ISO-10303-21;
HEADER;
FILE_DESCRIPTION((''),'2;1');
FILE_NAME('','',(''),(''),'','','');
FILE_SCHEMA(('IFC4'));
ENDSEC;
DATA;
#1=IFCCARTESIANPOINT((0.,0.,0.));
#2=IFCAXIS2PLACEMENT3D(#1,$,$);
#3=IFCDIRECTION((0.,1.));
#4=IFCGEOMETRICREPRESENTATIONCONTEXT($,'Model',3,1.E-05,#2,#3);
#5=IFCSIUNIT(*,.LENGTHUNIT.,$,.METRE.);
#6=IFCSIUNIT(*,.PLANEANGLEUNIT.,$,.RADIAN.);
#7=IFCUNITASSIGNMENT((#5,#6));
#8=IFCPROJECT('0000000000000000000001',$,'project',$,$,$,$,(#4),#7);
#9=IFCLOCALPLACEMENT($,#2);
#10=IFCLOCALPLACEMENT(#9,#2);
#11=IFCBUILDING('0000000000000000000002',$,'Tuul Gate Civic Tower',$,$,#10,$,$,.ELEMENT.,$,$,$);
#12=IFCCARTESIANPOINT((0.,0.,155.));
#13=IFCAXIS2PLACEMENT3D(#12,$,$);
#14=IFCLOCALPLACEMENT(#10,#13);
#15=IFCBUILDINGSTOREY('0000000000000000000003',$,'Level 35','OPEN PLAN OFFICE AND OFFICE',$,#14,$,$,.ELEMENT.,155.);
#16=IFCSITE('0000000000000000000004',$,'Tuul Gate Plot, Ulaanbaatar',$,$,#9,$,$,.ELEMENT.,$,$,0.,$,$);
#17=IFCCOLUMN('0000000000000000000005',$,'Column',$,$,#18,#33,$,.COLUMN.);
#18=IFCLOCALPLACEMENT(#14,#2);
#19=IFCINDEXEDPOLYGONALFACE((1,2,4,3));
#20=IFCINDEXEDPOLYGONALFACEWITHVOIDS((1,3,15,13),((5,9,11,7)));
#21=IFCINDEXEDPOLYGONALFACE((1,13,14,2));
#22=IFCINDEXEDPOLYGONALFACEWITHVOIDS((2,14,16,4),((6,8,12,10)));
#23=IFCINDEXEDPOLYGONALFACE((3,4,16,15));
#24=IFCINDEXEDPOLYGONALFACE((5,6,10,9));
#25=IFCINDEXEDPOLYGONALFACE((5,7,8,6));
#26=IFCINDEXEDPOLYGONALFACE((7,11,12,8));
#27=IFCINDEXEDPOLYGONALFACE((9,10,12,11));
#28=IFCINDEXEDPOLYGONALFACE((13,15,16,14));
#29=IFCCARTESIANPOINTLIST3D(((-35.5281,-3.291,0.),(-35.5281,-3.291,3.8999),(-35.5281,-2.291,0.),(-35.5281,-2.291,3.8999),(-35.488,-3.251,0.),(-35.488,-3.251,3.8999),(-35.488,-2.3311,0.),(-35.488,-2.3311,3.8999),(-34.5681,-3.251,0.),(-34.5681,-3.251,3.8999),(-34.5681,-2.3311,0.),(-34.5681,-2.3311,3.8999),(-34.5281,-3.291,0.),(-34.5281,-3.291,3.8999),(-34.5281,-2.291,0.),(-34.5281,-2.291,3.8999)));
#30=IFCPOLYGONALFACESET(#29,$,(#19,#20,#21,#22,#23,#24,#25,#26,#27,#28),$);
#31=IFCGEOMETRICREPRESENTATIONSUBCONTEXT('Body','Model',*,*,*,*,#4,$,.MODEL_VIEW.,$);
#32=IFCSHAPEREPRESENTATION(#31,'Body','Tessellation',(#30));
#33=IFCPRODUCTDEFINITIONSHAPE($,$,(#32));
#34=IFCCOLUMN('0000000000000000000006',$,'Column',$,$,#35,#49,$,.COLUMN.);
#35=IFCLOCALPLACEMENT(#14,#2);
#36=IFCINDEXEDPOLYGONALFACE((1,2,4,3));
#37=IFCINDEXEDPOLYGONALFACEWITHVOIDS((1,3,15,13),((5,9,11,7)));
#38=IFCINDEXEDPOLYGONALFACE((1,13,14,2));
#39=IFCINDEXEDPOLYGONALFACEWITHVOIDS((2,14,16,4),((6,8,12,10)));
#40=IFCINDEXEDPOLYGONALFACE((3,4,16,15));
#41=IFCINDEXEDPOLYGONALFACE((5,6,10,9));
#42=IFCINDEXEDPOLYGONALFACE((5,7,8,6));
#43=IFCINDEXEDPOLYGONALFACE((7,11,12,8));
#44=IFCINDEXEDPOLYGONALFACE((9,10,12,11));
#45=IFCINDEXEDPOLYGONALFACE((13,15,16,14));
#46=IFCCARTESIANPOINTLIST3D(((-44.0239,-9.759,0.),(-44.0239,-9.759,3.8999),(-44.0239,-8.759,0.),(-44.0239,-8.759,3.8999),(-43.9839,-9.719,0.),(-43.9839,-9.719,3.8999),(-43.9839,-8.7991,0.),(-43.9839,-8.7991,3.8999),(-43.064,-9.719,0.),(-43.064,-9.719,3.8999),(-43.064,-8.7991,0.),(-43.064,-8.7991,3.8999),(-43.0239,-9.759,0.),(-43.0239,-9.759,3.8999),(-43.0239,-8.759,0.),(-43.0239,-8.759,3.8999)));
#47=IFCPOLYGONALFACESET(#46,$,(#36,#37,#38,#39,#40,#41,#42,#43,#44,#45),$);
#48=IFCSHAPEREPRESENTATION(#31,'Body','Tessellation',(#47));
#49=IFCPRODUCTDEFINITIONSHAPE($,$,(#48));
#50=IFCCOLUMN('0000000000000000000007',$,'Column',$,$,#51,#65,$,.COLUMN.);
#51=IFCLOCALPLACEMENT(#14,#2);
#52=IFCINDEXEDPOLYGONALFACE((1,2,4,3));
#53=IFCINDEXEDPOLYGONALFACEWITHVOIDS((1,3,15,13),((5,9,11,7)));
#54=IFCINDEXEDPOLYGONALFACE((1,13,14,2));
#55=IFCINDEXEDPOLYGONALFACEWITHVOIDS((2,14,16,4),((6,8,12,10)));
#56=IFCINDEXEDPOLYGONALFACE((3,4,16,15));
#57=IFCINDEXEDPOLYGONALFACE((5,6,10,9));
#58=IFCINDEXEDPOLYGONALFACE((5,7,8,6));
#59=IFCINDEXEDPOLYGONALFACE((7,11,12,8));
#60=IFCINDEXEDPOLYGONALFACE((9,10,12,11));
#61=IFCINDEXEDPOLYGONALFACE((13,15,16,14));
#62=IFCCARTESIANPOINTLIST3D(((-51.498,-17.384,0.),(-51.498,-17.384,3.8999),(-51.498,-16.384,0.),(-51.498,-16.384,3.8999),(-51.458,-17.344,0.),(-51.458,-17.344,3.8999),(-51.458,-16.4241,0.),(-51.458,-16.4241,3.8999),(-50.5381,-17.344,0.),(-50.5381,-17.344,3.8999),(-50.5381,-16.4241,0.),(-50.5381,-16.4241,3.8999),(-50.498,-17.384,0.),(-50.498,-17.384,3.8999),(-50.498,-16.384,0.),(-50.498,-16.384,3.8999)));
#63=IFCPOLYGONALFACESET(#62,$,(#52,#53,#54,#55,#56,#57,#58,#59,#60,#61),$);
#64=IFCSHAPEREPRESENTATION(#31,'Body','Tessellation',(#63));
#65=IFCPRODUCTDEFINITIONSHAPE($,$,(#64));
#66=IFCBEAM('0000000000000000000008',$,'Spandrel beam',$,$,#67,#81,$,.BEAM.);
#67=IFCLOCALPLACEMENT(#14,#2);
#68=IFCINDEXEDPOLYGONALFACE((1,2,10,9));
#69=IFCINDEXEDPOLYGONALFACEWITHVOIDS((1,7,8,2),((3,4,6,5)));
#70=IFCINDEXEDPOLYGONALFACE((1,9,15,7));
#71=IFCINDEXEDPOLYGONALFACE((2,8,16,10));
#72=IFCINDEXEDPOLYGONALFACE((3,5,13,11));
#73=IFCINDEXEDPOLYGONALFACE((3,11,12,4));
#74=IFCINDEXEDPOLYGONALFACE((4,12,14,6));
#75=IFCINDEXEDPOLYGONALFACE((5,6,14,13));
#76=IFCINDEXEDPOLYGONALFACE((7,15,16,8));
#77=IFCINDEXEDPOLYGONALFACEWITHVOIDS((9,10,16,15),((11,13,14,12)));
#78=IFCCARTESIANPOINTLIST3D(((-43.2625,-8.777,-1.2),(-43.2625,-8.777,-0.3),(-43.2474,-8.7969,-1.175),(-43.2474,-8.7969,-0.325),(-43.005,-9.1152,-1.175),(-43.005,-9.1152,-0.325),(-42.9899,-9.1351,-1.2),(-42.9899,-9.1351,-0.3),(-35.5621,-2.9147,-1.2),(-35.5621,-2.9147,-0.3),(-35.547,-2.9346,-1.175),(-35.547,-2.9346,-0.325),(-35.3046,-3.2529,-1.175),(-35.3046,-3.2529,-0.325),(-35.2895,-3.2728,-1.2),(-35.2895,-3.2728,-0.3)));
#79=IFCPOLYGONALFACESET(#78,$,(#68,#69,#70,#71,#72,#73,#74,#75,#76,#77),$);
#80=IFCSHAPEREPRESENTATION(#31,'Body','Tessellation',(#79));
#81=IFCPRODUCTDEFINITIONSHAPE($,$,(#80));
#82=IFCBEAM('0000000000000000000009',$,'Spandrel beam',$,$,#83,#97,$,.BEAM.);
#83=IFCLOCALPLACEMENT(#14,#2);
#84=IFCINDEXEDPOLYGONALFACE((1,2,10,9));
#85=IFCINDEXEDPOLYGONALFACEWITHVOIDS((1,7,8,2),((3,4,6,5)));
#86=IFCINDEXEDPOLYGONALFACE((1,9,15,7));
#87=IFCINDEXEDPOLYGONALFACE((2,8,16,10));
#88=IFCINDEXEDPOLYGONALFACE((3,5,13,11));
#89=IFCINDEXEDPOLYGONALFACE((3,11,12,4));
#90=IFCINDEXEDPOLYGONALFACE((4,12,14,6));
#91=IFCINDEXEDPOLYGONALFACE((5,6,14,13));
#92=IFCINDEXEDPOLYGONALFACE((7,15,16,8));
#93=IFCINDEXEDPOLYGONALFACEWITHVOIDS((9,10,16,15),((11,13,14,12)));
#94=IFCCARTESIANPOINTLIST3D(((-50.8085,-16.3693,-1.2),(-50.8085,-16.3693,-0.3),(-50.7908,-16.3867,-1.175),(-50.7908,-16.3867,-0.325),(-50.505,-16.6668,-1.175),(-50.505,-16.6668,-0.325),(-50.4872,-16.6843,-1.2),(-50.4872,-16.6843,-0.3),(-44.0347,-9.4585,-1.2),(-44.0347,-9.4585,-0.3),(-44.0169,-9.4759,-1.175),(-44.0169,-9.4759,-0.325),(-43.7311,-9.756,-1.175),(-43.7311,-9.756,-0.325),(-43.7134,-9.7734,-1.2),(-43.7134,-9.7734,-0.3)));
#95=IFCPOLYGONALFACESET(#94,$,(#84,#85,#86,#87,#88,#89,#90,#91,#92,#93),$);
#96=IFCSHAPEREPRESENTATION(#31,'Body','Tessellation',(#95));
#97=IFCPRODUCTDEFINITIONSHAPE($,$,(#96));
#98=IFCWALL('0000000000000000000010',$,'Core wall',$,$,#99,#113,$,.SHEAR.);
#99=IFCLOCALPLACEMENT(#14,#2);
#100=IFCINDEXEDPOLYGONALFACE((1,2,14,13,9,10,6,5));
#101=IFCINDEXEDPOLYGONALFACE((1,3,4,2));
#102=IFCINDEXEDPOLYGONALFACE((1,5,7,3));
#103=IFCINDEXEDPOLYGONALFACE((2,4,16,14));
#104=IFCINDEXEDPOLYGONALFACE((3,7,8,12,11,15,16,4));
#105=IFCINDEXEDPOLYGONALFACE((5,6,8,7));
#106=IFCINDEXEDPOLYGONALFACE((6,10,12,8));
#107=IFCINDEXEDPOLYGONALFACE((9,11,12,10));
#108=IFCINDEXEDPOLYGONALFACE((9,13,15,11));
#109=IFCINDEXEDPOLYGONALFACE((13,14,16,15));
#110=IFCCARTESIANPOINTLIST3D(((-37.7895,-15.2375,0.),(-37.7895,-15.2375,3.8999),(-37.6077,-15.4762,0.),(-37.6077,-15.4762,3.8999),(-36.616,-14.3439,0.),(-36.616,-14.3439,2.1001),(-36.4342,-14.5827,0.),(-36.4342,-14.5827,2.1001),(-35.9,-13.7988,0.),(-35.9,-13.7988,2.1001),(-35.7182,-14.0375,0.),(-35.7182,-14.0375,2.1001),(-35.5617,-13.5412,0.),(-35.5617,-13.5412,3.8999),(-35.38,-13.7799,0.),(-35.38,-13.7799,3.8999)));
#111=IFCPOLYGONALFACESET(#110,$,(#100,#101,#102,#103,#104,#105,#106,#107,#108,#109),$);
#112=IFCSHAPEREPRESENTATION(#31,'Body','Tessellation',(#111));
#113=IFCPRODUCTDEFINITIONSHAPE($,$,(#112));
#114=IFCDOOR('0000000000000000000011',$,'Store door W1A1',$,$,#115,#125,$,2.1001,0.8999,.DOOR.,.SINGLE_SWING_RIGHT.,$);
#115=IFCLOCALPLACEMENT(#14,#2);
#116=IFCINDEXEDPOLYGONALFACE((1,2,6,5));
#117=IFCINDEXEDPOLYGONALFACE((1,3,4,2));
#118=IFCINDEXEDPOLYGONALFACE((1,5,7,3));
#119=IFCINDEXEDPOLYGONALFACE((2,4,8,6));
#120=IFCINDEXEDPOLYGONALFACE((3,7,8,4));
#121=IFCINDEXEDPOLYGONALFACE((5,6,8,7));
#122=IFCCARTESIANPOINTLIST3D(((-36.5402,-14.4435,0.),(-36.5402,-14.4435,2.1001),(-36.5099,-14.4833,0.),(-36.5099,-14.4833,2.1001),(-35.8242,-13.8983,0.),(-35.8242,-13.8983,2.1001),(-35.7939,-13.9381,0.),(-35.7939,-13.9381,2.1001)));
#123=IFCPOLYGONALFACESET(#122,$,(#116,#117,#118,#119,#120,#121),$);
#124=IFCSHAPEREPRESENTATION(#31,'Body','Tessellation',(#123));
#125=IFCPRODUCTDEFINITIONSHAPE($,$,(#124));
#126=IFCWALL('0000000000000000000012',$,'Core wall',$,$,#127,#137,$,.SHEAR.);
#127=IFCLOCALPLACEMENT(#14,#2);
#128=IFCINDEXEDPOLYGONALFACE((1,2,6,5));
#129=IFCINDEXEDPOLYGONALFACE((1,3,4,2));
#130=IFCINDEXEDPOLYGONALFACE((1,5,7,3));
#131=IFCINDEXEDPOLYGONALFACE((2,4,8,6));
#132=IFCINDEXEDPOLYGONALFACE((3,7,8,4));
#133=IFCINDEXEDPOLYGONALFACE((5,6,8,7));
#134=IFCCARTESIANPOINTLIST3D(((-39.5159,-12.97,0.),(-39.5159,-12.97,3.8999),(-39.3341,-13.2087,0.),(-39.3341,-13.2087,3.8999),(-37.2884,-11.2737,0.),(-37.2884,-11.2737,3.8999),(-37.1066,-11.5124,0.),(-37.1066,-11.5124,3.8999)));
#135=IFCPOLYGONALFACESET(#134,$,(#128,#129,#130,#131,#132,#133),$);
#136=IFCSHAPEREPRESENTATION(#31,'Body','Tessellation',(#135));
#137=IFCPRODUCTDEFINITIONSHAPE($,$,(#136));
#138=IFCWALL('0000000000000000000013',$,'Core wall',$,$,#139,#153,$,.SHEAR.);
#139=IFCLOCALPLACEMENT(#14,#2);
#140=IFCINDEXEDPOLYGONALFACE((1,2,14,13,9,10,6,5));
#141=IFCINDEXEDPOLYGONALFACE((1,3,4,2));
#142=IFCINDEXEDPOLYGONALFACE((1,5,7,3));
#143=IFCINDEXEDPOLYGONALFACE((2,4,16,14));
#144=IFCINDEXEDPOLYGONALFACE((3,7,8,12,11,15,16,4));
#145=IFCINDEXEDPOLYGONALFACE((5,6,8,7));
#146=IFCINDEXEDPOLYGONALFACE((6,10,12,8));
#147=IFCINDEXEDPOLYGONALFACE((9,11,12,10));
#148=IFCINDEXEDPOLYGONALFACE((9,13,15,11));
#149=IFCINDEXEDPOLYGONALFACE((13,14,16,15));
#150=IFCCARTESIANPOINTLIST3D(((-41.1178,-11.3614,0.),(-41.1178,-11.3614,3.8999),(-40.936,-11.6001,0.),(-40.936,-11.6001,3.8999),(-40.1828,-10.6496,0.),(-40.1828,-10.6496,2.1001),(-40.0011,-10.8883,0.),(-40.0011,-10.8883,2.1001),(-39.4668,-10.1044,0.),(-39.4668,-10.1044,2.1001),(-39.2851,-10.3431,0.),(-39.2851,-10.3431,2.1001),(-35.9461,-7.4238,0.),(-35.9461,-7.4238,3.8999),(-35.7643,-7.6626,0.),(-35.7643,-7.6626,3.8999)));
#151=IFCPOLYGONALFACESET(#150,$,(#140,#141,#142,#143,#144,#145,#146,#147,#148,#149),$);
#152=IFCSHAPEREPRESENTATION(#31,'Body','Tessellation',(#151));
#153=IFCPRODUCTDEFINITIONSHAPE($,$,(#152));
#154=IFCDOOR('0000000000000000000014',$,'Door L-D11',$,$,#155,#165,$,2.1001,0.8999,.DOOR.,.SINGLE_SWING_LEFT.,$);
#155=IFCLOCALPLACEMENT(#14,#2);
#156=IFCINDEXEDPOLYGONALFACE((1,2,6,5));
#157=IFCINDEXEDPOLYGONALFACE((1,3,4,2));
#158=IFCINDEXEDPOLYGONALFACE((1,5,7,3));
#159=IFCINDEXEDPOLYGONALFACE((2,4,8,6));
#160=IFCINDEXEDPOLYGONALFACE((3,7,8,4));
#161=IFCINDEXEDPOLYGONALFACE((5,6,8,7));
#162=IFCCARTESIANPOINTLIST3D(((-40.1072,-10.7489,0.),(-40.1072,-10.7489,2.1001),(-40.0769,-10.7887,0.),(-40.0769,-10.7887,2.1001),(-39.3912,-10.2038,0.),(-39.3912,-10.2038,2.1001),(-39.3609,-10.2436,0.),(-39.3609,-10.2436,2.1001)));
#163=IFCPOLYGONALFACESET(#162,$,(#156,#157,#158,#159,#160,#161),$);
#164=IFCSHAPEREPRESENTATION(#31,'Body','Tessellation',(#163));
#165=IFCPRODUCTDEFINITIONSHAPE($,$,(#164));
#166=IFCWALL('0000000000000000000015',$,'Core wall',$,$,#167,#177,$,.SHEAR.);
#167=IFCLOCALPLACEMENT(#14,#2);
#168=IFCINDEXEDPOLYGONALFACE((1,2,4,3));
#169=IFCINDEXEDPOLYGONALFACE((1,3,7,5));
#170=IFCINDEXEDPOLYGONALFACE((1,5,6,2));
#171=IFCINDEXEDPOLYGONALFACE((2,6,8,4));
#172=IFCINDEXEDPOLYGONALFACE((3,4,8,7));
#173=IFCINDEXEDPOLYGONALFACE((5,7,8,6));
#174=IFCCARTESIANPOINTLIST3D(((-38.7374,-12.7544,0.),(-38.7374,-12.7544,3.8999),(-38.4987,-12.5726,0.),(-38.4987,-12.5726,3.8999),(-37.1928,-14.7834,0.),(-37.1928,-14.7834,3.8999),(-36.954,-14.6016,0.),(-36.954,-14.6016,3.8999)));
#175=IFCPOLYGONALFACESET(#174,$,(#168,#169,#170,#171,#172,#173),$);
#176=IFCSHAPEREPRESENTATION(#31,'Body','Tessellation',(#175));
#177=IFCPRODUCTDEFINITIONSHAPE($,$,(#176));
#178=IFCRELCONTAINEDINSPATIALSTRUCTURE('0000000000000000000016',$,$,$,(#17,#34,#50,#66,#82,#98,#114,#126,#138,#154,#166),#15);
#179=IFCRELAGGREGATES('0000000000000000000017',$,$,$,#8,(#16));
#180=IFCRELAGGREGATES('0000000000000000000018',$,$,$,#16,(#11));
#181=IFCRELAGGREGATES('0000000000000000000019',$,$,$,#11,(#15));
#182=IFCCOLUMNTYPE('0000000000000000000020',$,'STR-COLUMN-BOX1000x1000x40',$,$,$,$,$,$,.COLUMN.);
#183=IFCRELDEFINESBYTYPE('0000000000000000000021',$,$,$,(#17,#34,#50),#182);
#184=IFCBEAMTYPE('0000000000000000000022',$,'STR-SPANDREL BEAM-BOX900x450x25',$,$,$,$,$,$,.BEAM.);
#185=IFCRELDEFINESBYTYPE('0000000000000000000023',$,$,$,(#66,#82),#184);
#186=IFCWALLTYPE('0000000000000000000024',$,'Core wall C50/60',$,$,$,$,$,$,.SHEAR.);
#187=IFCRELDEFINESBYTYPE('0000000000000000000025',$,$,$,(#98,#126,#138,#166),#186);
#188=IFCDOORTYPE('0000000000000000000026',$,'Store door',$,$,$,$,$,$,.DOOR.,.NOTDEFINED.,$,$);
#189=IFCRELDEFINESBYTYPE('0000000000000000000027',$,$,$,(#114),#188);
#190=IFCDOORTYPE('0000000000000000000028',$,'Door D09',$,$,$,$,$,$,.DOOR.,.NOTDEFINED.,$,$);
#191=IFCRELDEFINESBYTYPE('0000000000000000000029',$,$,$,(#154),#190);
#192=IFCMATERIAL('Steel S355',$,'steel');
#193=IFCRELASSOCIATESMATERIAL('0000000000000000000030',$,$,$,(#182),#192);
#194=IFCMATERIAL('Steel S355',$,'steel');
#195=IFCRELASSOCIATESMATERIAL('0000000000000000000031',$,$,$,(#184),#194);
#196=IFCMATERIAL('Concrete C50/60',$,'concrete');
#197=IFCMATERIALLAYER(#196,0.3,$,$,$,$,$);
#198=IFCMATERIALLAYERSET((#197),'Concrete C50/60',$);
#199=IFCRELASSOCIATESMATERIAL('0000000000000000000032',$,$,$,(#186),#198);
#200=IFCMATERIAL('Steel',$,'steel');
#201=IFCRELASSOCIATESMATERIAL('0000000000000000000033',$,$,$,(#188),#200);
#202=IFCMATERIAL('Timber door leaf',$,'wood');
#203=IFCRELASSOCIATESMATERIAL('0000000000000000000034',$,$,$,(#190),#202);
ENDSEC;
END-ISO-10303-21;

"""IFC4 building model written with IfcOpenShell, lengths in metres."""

from ifc_helpers import new_model, si_unit, direction, frame, frame_2d, origin, origin_2d, place, context, subcontext, project, spatial, rectangle, hollow_rectangle, extrude, material, layer, layer_set, material_profile, profile_set, type_object, element, fill, save


model = new_model("IFC4")

# Units and contexts
model_context = context("Model", 3, precision=1e-05, world=origin(), true_north=direction((0.0, 1.0)))
body_context = subcontext(model_context, "Body", "Model", "MODEL_VIEW")
ifc_project = project(units=[si_unit("LENGTHUNIT", "METRE"), si_unit("PLANEANGLEUNIT", "RADIAN")], contexts=[model_context])

# Site, building, storey
site_placement = place(None, origin())
site = spatial("IfcSite", under=ifc_project, at=site_placement, Name="Tuul Gate Plot, Ulaanbaatar", CompositionType="ELEMENT", RefElevation=0.0)
building_placement = place(site_placement, origin())
building = spatial("IfcBuilding", under=site, at=building_placement, Name="Tuul Gate Civic Tower", CompositionType="ELEMENT")
storey_placement = place(building_placement, frame((0.0, 0.0, 155.0)))
storey = spatial("IfcBuildingStorey", under=building, at=storey_placement, Name="Level 35", Description="OPEN PLAN OFFICE AND OFFICE", CompositionType="ELEMENT", Elevation=155.0)

# Columns
ifc_material_1 = material(Name="Steel S355", Category="steel")
ifc_material_profile_1 = material_profile(ifc_material_1, hollow_rectangle(XDim=1.0, YDim=1.0, WallThickness=0.04, at=origin_2d()), Name="BOX1000x1000x40")
ifc_profile_set_1 = profile_set([ifc_material_profile_1], Name="Steel S355")
column_type = type_object("IfcColumnType", Name="STR-COLUMN-BOX1000x1000x40", PredefinedType="COLUMN", material=ifc_profile_set_1)
for number, where, z_axis, x_axis, name in (
    (1, (-35.0281, -2.791, 0.0), (0.0, 0.0, 1.0), (1.0, 0.0, 0.0), "Column"),
    (2, (-43.5239, -9.259, 0.0), (0.0, 0.0, 1.0), (1.0, 0.0, 0.0), "Column"),
    (3, (-50.998, -16.884, 0.0), (0.0, 0.0, 1.0), (1.0, 0.0, 0.0), "Column"),
):
    element("IfcColumn", number, at=place(storey_placement, frame(where, z_axis=z_axis, x_axis=x_axis)), inside=storey, type_object=column_type, Name=name, PredefinedType="COLUMN", context=body_context, shape_type="SweptSolid", body=[
        extrude(hollow_rectangle(XDim=1.0, YDim=1.0, WallThickness=0.04, at=origin_2d()), origin(), (0.0, 0.0, 1.0), 3.8999),
    ])

# Beams
ifc_material_2 = material(Name="Steel S355", Category="steel")
ifc_material_profile_2 = material_profile(ifc_material_2, hollow_rectangle(XDim=0.45, YDim=0.8999, WallThickness=0.0249, at=origin_2d()), Name="BOX900x450x25")
ifc_profile_set_2 = profile_set([ifc_material_profile_2], Name="Steel S355")
beam_type = type_object("IfcBeamType", Name="STR-SPANDREL BEAM-BOX900x450x25", PredefinedType="BEAM", material=ifc_profile_set_2)
beam_1_placement = place(storey_placement, frame((-35.4258, -3.0938, -0.75), z_axis=(-0.795666, -0.605736, 0.0), x_axis=(0.605736, -0.795666, 0.0)))
element("IfcBeam", 4, at=beam_1_placement, inside=storey, type_object=beam_type, Name="Spandrel beam", PredefinedType="BEAM", context=body_context, shape_type="SweptSolid", body=[
    extrude(hollow_rectangle(XDim=0.45, YDim=0.8999, WallThickness=0.0249, at=origin_2d()), origin(), (0.0, 0.0, 1.0), 9.678),
])
beam_2_placement = place(storey_placement, frame((-43.874, -9.616, -0.75), z_axis=(-0.699995, -0.714148, 0.0), x_axis=(0.714148, -0.699995, 0.0)))
element("IfcBeam", 5, at=beam_2_placement, inside=storey, type_object=beam_type, Name="Spandrel beam", PredefinedType="BEAM", context=body_context, shape_type="SweptSolid", body=[
    extrude(hollow_rectangle(XDim=0.45, YDim=0.8999, WallThickness=0.0249, at=origin_2d()), origin(), (0.0, 0.0, 1.0), 9.677),
])

# Wall, opening, door
ifc_material_3 = material(Name="Concrete C50/60", Category="concrete")
ifc_layer_1 = layer(ifc_material_3, 0.3)
ifc_layer_set_1 = layer_set([ifc_layer_1], Name="Concrete C50/60")
wall_type_1 = type_object("IfcWallType", Name="Core wall C50/60", PredefinedType="SHEAR", material=ifc_layer_set_1)
wall_1_placement = place(storey_placement, frame((-35.4709, -13.6606, 0.0), z_axis=(0.0, 0.0, 1.0), x_axis=(-0.795616, -0.605802, 0.0)))
wall_1 = element("IfcWall", 6, at=wall_1_placement, inside=storey, type_object=wall_type_1, Name="Core wall", PredefinedType="SHEAR", context=body_context, shape_type="SweptSolid", body=[
    extrude(rectangle(XDim=2.8, YDim=0.3, at=frame_2d((1.3999, 0.0))), origin(), (0.0, 0.0, 1.0), 3.8999),
])
opening_1_placement = place(wall_1_placement, frame((0.425, 0.0, 0.0)))
opening_1 = element("IfcOpeningElement", 7, at=opening_1_placement, cuts=wall_1, PredefinedType="OPENING", context=body_context, shape_type="SweptSolid", body=[
    extrude(rectangle(XDim=0.8999, YDim=2.1001, at=frame_2d((0.45, 1.05))), frame((0.0, 0.1602, 0.0), z_axis=(0.0, -1.0, 0.0), x_axis=(1.0, 0.0, 0.0)), (0.0, 0.0, 1.0), 0.3201),
])
ifc_material_4 = material(Name="Steel", Category="steel")
door_type_1 = type_object("IfcDoorType", Name="Store door", OperationType="NOTDEFINED", PredefinedType="DOOR", material=ifc_material_4)
door_1_placement = place(opening_1_placement, frame((0.8999, 0.0, 0.0), z_axis=(0.0, 0.0, 1.0), x_axis=(-1.0, 0.0, 0.0)))
door_1 = element("IfcDoor", 8, at=door_1_placement, inside=storey, type_object=door_type_1, Name="Store door W1A1", OperationType="SINGLE_SWING_RIGHT", OverallHeight=2.1001, OverallWidth=0.8999, PredefinedType="DOOR", context=body_context, shape_type="SweptSolid", body=[
    extrude(rectangle(XDim=0.8999, YDim=2.1001, at=frame_2d((0.45, 1.05))), frame((0.0, 0.0249, 0.0), z_axis=(0.0, -1.0, 0.0), x_axis=(1.0, 0.0, 0.0)), (0.0, 0.0, 1.0), 0.05),
])
fill(opening_1, door_1)

# Wall
wall_2_placement = place(storey_placement, frame((-37.1975, -11.3931, 0.0), z_axis=(0.0, 0.0, 1.0), x_axis=(-0.795584, -0.605844, 0.0)))
element("IfcWall", 9, at=wall_2_placement, inside=storey, type_object=wall_type_1, Name="Core wall", PredefinedType="SHEAR", context=body_context, shape_type="SweptSolid", body=[
    extrude(rectangle(XDim=2.7998, YDim=0.3, at=frame_2d((1.3999, 0.0))), origin(), (0.0, 0.0, 1.0), 3.8999),
])

# Wall, opening, door
wall_3_placement = place(storey_placement, frame((-35.8552, -7.5432, 0.0), z_axis=(0.0, 0.0, 1.0), x_axis=(-0.795639, -0.605772, 0.0)))
wall_3 = element("IfcWall", 10, at=wall_3_placement, inside=storey, type_object=wall_type_1, Name="Core wall", PredefinedType="SHEAR", context=body_context, shape_type="SweptSolid", body=[
    extrude(rectangle(XDim=6.5, YDim=0.3, at=frame_2d((3.25, 0.0))), origin(), (0.0, 0.0, 1.0), 3.8999),
])
opening_2_placement = place(wall_3_placement, frame((4.425, 0.0, 0.0)))
opening_2 = element("IfcOpeningElement", 11, at=opening_2_placement, cuts=wall_3, PredefinedType="OPENING", context=body_context, shape_type="SweptSolid", body=[
    extrude(rectangle(XDim=0.8999, YDim=2.1001, at=frame_2d((0.45, 1.05))), frame((0.0, 0.1602, 0.0), z_axis=(0.0, -1.0, 0.0), x_axis=(1.0, 0.0, 0.0)), (0.0, 0.0, 1.0), 0.3201),
])
ifc_material_5 = material(Name="Timber door leaf", Category="wood")
door_type_2 = type_object("IfcDoorType", Name="Door D09", OperationType="NOTDEFINED", PredefinedType="DOOR", material=ifc_material_5)
door_2_placement = place(opening_2_placement, origin())
door_2 = element("IfcDoor", 12, at=door_2_placement, inside=storey, type_object=door_type_2, Name="Door L-D11", OperationType="SINGLE_SWING_LEFT", OverallHeight=2.1001, OverallWidth=0.8999, PredefinedType="DOOR", context=body_context, shape_type="SweptSolid", body=[
    extrude(rectangle(XDim=0.8999, YDim=2.1001, at=frame_2d((0.45, 1.05))), frame((0.0, 0.0249, 0.0), z_axis=(0.0, -1.0, 0.0), x_axis=(1.0, 0.0, 0.0)), (0.0, 0.0, 1.0), 0.05),
])
fill(opening_2, door_2)

# Wall
wall_4_placement = place(storey_placement, frame((-37.0735, -14.6924, 0.0), z_axis=(0.0, 0.0, 1.0), x_axis=(-0.605729, 0.795671, 0.0)))
element("IfcWall", 13, at=wall_4_placement, inside=storey, type_object=wall_type_1, Name="Core wall", PredefinedType="SHEAR", context=body_context, shape_type="SweptSolid", body=[
    extrude(rectangle(XDim=2.55, YDim=0.3, at=frame_2d((1.2749, 0.0))), origin(), (0.0, 0.0, 1.0), 3.8999),
])

save(model, "model.ifc")
